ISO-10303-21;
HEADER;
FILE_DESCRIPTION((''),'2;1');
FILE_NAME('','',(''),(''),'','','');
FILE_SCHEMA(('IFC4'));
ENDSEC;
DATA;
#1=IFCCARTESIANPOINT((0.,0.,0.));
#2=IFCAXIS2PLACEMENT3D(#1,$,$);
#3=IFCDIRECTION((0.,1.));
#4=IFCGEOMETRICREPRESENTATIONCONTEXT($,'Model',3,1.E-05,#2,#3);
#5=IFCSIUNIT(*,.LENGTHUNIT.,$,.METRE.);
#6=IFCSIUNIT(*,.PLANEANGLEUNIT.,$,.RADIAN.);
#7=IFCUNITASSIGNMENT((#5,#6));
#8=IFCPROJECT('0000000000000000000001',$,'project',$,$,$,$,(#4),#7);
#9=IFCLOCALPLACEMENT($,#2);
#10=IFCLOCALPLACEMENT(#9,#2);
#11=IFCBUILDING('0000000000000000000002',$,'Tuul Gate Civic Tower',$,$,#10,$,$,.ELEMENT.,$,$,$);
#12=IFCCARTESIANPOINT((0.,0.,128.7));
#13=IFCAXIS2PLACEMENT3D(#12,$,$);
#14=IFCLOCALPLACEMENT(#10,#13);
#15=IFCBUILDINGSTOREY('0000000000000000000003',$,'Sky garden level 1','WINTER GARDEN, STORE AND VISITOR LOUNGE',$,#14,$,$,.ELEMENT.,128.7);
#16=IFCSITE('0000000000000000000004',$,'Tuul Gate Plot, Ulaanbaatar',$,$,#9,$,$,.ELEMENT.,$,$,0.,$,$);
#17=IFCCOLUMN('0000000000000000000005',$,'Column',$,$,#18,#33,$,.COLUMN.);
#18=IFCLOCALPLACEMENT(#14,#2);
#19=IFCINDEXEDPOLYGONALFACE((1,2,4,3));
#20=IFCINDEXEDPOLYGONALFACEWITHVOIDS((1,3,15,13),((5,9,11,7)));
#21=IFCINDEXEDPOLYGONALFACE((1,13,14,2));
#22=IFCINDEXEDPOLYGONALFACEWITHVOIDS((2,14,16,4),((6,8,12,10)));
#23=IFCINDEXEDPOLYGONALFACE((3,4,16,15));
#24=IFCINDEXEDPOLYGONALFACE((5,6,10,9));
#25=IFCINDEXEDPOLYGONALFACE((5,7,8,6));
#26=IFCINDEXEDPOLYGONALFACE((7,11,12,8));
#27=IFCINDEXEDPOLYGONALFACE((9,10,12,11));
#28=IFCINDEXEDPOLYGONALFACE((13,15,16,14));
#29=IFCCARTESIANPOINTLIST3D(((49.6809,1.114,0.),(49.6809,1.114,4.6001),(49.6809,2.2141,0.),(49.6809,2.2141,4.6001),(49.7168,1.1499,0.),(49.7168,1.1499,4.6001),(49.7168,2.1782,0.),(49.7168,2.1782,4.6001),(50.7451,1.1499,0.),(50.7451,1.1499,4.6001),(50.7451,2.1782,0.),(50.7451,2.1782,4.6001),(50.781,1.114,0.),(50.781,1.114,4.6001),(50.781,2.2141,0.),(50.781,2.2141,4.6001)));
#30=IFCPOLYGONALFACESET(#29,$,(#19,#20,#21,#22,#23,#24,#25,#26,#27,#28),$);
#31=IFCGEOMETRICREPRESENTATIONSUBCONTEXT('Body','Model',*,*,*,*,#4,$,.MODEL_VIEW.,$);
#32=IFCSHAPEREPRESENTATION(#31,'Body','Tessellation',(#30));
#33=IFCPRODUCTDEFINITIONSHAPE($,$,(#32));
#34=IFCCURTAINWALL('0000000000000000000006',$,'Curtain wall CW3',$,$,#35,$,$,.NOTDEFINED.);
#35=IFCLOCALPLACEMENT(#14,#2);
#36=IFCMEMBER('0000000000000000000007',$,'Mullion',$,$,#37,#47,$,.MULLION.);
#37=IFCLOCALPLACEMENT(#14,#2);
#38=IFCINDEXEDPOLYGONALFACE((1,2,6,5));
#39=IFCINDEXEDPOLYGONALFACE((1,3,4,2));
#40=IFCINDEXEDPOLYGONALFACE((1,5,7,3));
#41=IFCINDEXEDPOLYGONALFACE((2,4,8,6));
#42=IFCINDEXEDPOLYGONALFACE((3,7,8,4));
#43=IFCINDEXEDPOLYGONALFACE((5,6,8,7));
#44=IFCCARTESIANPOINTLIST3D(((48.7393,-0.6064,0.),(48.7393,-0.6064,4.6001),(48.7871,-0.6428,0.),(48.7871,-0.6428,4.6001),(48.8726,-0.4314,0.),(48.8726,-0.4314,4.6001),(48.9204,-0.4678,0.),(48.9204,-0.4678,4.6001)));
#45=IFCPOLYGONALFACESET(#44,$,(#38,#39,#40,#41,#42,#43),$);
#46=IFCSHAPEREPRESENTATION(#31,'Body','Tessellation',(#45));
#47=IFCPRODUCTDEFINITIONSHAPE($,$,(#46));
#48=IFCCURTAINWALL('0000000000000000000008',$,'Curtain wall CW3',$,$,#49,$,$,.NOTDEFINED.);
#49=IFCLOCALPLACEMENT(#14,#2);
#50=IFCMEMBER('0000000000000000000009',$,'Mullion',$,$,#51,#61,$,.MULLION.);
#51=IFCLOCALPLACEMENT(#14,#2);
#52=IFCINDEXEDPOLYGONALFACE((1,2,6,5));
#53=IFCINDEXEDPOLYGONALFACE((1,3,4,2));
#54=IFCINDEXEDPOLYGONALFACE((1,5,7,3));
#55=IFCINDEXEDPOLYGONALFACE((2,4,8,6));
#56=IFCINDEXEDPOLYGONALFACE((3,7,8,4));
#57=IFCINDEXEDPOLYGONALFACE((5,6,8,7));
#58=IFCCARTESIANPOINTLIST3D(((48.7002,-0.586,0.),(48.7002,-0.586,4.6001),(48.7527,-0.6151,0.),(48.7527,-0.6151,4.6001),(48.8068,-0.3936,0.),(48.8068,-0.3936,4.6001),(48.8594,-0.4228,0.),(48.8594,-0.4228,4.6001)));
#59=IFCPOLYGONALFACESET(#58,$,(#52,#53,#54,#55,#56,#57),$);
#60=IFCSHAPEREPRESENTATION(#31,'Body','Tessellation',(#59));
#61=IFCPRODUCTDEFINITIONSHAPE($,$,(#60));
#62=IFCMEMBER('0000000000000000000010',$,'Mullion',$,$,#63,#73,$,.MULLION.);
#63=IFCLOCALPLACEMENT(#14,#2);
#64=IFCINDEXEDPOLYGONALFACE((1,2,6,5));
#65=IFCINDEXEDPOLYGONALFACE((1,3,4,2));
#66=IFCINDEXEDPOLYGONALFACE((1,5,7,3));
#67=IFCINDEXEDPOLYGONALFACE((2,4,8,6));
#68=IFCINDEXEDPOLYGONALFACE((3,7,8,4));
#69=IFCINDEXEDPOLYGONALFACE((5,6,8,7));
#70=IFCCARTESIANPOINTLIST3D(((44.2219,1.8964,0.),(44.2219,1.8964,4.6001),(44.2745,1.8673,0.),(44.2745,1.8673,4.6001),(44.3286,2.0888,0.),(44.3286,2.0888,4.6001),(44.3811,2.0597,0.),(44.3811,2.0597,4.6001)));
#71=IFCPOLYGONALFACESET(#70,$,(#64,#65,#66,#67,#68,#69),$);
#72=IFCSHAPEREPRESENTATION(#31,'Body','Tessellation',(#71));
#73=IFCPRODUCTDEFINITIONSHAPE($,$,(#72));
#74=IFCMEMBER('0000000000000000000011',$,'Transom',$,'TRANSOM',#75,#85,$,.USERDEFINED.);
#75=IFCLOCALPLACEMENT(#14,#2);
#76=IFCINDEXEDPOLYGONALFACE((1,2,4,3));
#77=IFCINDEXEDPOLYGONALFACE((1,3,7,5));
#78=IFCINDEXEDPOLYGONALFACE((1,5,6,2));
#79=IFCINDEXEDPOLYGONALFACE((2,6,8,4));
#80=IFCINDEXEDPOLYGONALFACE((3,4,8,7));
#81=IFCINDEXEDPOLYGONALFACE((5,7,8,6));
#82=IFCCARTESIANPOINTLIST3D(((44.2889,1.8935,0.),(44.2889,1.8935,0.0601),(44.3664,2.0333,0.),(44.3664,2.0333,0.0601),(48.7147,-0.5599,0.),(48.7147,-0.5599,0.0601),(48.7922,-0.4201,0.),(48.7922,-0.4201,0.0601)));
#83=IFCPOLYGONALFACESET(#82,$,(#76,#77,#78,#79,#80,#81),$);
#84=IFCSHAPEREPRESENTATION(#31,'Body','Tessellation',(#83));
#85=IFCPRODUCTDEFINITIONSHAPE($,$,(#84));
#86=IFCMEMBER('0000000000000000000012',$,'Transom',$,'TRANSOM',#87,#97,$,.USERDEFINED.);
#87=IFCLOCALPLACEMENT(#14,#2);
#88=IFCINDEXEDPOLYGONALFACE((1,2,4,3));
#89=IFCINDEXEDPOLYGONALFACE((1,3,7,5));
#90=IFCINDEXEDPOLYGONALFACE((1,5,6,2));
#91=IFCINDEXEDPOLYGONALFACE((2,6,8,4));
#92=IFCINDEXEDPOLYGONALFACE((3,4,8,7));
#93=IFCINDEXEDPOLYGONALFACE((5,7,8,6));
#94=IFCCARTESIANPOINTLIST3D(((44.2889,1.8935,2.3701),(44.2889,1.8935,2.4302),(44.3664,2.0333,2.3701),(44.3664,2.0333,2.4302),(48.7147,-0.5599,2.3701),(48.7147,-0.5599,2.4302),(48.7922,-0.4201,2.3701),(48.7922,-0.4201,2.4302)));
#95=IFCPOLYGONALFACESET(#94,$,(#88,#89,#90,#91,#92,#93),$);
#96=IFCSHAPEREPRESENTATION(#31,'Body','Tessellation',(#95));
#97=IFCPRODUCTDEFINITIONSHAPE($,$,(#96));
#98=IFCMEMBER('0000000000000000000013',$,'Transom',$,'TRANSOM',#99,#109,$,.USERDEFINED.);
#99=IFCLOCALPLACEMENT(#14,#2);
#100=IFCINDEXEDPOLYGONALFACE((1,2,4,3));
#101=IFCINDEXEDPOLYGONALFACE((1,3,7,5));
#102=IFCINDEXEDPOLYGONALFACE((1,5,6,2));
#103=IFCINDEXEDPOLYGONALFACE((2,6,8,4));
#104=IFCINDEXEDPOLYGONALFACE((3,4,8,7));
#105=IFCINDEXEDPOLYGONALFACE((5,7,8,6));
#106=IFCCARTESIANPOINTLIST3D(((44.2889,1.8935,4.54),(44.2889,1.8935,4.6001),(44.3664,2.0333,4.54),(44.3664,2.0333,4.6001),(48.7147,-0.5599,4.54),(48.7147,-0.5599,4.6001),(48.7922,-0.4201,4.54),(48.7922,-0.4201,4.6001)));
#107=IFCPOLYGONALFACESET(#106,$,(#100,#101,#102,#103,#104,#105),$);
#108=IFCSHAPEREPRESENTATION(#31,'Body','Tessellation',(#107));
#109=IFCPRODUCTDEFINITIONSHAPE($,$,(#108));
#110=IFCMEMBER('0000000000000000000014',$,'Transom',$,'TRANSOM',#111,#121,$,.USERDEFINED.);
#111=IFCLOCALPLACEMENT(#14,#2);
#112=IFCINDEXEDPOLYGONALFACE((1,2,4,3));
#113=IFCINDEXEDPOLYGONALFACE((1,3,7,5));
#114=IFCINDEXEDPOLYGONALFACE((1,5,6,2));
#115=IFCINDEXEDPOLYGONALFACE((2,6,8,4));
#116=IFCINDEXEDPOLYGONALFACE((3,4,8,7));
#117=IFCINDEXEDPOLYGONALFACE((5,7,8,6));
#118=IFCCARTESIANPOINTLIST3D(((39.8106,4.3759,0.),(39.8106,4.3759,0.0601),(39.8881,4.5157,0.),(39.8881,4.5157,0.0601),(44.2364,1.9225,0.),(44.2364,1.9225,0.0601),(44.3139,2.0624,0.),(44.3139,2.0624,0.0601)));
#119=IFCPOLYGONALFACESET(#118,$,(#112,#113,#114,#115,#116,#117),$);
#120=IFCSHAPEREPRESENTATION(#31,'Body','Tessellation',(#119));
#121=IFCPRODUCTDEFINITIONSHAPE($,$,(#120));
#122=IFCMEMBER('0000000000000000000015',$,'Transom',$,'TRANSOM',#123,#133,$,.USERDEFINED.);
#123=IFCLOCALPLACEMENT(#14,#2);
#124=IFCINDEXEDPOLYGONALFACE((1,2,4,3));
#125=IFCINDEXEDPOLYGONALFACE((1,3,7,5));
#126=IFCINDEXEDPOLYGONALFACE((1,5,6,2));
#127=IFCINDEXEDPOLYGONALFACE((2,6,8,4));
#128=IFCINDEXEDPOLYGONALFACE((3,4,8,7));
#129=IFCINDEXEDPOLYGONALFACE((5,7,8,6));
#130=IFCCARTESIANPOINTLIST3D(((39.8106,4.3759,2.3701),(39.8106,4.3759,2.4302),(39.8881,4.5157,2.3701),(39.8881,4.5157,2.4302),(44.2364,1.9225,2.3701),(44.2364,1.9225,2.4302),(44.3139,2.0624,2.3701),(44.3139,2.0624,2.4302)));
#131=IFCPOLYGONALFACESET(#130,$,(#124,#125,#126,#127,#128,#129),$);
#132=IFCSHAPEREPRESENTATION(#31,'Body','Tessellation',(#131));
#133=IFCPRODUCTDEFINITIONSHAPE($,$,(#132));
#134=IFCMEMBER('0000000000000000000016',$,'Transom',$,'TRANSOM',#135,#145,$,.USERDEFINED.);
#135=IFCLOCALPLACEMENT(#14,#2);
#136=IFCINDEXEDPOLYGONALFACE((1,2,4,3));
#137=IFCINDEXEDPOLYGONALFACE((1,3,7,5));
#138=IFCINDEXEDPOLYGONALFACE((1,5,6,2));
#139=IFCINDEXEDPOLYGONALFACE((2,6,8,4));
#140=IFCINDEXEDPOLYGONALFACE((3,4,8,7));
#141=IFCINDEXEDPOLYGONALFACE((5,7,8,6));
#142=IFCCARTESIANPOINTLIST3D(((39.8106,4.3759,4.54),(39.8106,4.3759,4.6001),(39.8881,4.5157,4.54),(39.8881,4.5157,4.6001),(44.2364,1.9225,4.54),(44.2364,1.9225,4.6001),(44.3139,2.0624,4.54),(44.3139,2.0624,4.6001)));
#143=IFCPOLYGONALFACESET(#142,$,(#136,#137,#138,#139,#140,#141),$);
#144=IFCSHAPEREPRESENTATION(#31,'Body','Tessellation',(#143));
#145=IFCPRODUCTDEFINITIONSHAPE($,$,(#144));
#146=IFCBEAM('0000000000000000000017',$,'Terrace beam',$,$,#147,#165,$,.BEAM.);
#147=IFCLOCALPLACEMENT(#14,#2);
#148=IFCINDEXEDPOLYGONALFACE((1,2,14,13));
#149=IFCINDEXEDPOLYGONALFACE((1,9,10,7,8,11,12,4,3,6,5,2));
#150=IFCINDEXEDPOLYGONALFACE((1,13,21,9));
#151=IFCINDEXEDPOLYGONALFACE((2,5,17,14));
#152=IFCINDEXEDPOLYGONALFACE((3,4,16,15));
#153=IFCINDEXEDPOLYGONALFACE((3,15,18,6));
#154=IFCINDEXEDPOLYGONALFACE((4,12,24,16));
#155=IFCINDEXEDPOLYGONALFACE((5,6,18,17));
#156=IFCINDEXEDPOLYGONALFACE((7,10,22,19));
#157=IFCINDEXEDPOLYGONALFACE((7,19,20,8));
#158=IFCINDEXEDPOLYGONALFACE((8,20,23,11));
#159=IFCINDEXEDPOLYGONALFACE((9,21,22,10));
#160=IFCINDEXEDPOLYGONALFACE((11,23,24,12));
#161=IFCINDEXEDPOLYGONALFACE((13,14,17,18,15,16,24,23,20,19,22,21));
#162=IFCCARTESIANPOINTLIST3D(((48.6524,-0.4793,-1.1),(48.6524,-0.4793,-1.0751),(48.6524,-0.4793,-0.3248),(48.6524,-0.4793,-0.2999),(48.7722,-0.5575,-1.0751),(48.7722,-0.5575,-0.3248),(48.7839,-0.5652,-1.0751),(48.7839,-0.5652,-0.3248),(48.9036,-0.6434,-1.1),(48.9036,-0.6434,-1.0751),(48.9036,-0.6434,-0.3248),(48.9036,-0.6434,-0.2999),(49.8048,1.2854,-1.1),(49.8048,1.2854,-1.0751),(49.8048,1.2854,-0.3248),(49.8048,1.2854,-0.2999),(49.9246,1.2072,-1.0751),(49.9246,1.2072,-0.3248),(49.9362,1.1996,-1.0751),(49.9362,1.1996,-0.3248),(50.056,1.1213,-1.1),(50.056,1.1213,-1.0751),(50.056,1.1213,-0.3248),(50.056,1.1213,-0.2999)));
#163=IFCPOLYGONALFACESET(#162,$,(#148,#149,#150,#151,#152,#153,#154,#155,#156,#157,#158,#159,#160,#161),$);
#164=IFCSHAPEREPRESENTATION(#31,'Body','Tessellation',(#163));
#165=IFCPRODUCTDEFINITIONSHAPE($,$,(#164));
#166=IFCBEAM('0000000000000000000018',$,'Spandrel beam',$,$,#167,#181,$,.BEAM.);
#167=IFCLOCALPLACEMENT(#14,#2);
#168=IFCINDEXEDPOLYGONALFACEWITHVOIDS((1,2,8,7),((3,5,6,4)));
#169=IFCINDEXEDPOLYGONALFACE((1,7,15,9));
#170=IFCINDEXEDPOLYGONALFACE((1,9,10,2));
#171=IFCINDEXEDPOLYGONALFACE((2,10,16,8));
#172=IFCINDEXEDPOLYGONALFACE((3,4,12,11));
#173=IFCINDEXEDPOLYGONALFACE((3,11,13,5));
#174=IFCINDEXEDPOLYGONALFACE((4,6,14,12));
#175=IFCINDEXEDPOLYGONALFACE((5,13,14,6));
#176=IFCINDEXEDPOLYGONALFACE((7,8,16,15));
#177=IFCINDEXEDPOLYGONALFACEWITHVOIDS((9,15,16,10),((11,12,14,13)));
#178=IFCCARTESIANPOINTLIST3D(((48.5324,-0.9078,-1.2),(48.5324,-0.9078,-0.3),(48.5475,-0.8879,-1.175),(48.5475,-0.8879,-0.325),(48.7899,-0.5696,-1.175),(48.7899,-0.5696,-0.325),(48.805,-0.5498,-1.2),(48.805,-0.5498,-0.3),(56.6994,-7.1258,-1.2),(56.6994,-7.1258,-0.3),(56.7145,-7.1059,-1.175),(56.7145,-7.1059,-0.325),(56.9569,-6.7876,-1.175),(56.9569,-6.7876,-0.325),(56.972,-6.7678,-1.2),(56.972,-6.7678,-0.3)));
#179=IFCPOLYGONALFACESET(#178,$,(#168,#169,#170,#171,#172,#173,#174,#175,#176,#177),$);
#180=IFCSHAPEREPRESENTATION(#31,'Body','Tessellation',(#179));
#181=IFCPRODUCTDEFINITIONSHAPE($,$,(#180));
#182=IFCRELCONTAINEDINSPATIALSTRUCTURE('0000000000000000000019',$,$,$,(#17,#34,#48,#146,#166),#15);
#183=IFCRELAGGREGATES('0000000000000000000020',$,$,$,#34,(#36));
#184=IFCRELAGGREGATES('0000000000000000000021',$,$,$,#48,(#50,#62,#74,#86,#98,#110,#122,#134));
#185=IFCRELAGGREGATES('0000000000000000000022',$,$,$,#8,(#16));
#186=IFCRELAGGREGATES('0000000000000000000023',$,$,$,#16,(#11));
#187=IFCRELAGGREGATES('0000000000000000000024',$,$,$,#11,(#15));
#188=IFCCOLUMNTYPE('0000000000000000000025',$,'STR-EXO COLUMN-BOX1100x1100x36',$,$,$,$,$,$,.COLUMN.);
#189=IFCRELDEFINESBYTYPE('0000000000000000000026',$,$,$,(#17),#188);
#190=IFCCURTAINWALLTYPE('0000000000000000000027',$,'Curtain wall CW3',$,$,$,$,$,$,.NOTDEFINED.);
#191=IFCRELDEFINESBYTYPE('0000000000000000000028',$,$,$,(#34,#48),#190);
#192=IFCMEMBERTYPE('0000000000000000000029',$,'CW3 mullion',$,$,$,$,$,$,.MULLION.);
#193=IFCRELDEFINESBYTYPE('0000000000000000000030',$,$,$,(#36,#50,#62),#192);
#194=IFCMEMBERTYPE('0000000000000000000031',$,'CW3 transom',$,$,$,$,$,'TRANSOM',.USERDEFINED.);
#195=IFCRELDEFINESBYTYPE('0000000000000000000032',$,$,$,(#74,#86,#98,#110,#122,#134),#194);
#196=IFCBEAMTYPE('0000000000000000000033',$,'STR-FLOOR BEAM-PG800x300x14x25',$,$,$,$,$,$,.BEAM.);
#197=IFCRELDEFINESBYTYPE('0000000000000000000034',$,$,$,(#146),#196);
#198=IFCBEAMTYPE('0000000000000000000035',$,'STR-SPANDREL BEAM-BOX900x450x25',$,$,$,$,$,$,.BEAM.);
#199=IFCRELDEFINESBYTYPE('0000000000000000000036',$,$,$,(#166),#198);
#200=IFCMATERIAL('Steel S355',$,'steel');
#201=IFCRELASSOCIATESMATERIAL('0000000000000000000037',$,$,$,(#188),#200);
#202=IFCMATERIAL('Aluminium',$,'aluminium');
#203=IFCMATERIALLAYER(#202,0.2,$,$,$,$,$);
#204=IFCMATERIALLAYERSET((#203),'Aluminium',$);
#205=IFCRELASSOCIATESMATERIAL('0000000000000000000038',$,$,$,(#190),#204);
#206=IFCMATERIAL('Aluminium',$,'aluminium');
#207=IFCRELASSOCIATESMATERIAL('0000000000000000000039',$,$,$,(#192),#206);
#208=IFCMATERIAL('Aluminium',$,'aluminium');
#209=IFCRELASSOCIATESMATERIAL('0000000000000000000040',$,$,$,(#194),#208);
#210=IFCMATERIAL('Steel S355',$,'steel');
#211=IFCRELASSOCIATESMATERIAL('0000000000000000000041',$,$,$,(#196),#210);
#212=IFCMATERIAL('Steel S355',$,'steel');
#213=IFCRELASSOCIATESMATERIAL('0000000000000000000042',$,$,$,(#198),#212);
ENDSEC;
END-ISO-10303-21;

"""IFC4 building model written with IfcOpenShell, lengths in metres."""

from ifc_helpers import new_model, si_unit, direction, frame, origin, origin_2d, place, context, subcontext, project, spatial, rectangle, hollow_rectangle, i_section, extrude, material, layer, layer_set, material_profile, profile_set, type_object, element, aggregate, save


model = new_model("IFC4")

# Units and contexts
model_context = context("Model", 3, precision=1e-05, world=origin(), true_north=direction((0.0, 1.0)))
body_context = subcontext(model_context, "Body", "Model", "MODEL_VIEW")
ifc_project = project(units=[si_unit("LENGTHUNIT", "METRE"), si_unit("PLANEANGLEUNIT", "RADIAN")], contexts=[model_context])

# Site, building, storey
site_placement = place(None, origin())
site = spatial("IfcSite", under=ifc_project, at=site_placement, Name="Tuul Gate Plot, Ulaanbaatar", CompositionType="ELEMENT", RefElevation=0.0)
building_placement = place(site_placement, origin())
building = spatial("IfcBuilding", under=site, at=building_placement, Name="Tuul Gate Civic Tower", CompositionType="ELEMENT")
storey_placement = place(building_placement, frame((0.0, 0.0, 128.7)))
storey = spatial("IfcBuildingStorey", under=building, at=storey_placement, Name="Sky garden level 1", Description="WINTER GARDEN, STORE AND VISITOR LOUNGE", CompositionType="ELEMENT", Elevation=128.7)

# Column
ifc_material_1 = material(Name="Steel S355", Category="steel")
ifc_material_profile_1 = material_profile(ifc_material_1, hollow_rectangle(XDim=1.1001, YDim=1.1001, WallThickness=0.0359, at=origin_2d()), Name="BOX1100x1100x36")
ifc_profile_set_1 = profile_set([ifc_material_profile_1], Name="Steel S355")
column_type = type_object("IfcColumnType", Name="STR-EXO COLUMN-BOX1100x1100x36", PredefinedType="COLUMN", material=ifc_profile_set_1)
column_placement = place(storey_placement, frame((50.231, 1.6641, 0.0), z_axis=(0.0, 0.0, 1.0), x_axis=(1.0, 0.0, 0.0)))
element("IfcColumn", 1, at=column_placement, inside=storey, type_object=column_type, Name="Column", PredefinedType="COLUMN", context=body_context, shape_type="SweptSolid", body=[
    extrude(hollow_rectangle(XDim=1.1001, YDim=1.1001, WallThickness=0.0359, at=origin_2d()), origin(), (0.0, 0.0, 1.0), 4.6001),
])

# Curtain wall, member
ifc_material_2 = material(Name="Aluminium", Category="aluminium")
ifc_layer_1 = layer(ifc_material_2, 0.2)
ifc_layer_set_1 = layer_set([ifc_layer_1], Name="Aluminium")
curtain_wall_type = type_object("IfcCurtainWallType", Name="Curtain wall CW3", PredefinedType="NOTDEFINED", material=ifc_layer_set_1)
curtain_wall_1_placement = place(storey_placement, origin())
curtain_wall_1 = element("IfcCurtainWall", 2, at=curtain_wall_1_placement, inside=storey, type_object=curtain_wall_type, Name="Curtain wall CW3", PredefinedType="NOTDEFINED")
ifc_material_3 = material(Name="Aluminium", Category="aluminium")
ifc_material_profile_2 = material_profile(ifc_material_3, rectangle(XDim=0.22, YDim=0.0601, at=origin_2d()), Name="CW3 mullion")
ifc_profile_set_2 = profile_set([ifc_material_profile_2], Name="Aluminium")
member_type_1 = type_object("IfcMemberType", Name="CW3 mullion", PredefinedType="MULLION", material=ifc_profile_set_2)
member_1_placement = place(storey_placement, frame((48.8298, -0.5371, 0.0), z_axis=(0.0, 0.0, 1.0), x_axis=(-0.605809, -0.79561, 0.0)))
member_1 = element("IfcMember", 3, at=member_1_placement, type_object=member_type_1, Name="Mullion", PredefinedType="MULLION", context=body_context, shape_type="SweptSolid", body=[
    extrude(rectangle(XDim=0.22, YDim=0.0601, at=origin_2d()), origin(), (0.0, 0.0, 1.0), 4.6001),
])

# Curtain wall, members
curtain_wall_2_placement = place(storey_placement, origin())
curtain_wall_2 = element("IfcCurtainWall", 4, at=curtain_wall_2_placement, inside=storey, type_object=curtain_wall_type, Name="Curtain wall CW3", PredefinedType="NOTDEFINED")
member_2_placement = place(storey_placement, frame((48.7798, -0.5044, 0.0), z_axis=(0.0, 0.0, 1.0), x_axis=(-0.484827, -0.87461, 0.0)))
member_2 = element("IfcMember", 5, at=member_2_placement, type_object=member_type_1, Name="Mullion", PredefinedType="MULLION", context=body_context, shape_type="SweptSolid", body=[
    extrude(rectangle(XDim=0.22, YDim=0.0601, at=origin_2d()), origin(), (0.0, 0.0, 1.0), 4.6001),
])
member_3_placement = place(storey_placement, frame((44.3015, 1.978, 0.0), z_axis=(0.0, 0.0, 1.0), x_axis=(-0.484827, -0.87461, 0.0)))
member_3 = element("IfcMember", 6, at=member_3_placement, type_object=member_type_1, Name="Mullion", PredefinedType="MULLION", context=body_context, shape_type="SweptSolid", body=[
    extrude(rectangle(XDim=0.22, YDim=0.0601, at=origin_2d()), origin(), (0.0, 0.0, 1.0), 4.6001),
])
ifc_material_4 = material(Name="Aluminium", Category="aluminium")
ifc_material_profile_3 = material_profile(ifc_material_4, rectangle(XDim=0.1599, YDim=0.0601, at=origin_2d()), Name="CW3 transom")
ifc_profile_set_3 = profile_set([ifc_material_profile_3], Name="Aluminium")
member_type_2 = type_object("IfcMemberType", Name="CW3 transom", ElementType="TRANSOM", PredefinedType="USERDEFINED", material=ifc_profile_set_3)
member_4_placement = place(storey_placement, frame((48.7534, -0.49, 0.03), z_axis=(-0.87461, 0.484828, 0.0), x_axis=(-0.484828, -0.87461, 0.0)))
member_4 = element("IfcMember", 7, at=member_4_placement, type_object=member_type_2, Name="Transom", ObjectType="TRANSOM", PredefinedType="USERDEFINED", context=body_context, shape_type="SweptSolid", body=[
    extrude(rectangle(XDim=0.1599, YDim=0.0601, at=origin_2d()), origin(), (0.0, 0.0, 1.0), 5.0603),
])
member_5_placement = place(storey_placement, frame((48.7534, -0.49, 2.4001), z_axis=(-0.87461, 0.484828, 0.0), x_axis=(-0.484828, -0.87461, 0.0)))
member_5 = element("IfcMember", 8, at=member_5_placement, type_object=member_type_2, Name="Transom", ObjectType="TRANSOM", PredefinedType="USERDEFINED", context=body_context, shape_type="SweptSolid", body=[
    extrude(rectangle(XDim=0.1599, YDim=0.0601, at=origin_2d()), origin(), (0.0, 0.0, 1.0), 5.0603),
])
member_6_placement = place(storey_placement, frame((48.7534, -0.49, 4.5701), z_axis=(-0.87461, 0.484828, 0.0), x_axis=(-0.484828, -0.87461, 0.0)))
member_6 = element("IfcMember", 9, at=member_6_placement, type_object=member_type_2, Name="Transom", ObjectType="TRANSOM", PredefinedType="USERDEFINED", context=body_context, shape_type="SweptSolid", body=[
    extrude(rectangle(XDim=0.1599, YDim=0.0601, at=origin_2d()), origin(), (0.0, 0.0, 1.0), 5.0603),
])
member_7_placement = place(storey_placement, frame((44.2751, 1.9924, 0.03), z_axis=(-0.87461, 0.484828, 0.0), x_axis=(-0.484828, -0.87461, 0.0)))
member_7 = element("IfcMember", 10, at=member_7_placement, type_object=member_type_2, Name="Transom", ObjectType="TRANSOM", PredefinedType="USERDEFINED", context=body_context, shape_type="SweptSolid", body=[
    extrude(rectangle(XDim=0.1599, YDim=0.0601, at=origin_2d()), origin(), (0.0, 0.0, 1.0), 5.0603),
])
member_8_placement = place(storey_placement, frame((44.2751, 1.9924, 2.4001), z_axis=(-0.87461, 0.484828, 0.0), x_axis=(-0.484828, -0.87461, 0.0)))
member_8 = element("IfcMember", 11, at=member_8_placement, type_object=member_type_2, Name="Transom", ObjectType="TRANSOM", PredefinedType="USERDEFINED", context=body_context, shape_type="SweptSolid", body=[
    extrude(rectangle(XDim=0.1599, YDim=0.0601, at=origin_2d()), origin(), (0.0, 0.0, 1.0), 5.0603),
])
member_9_placement = place(storey_placement, frame((44.2751, 1.9924, 4.5701), z_axis=(-0.87461, 0.484828, 0.0), x_axis=(-0.484828, -0.87461, 0.0)))
member_9 = element("IfcMember", 12, at=member_9_placement, type_object=member_type_2, Name="Transom", ObjectType="TRANSOM", PredefinedType="USERDEFINED", context=body_context, shape_type="SweptSolid", body=[
    extrude(rectangle(XDim=0.1599, YDim=0.0601, at=origin_2d()), origin(), (0.0, 0.0, 1.0), 5.0603),
])

# Beams
ifc_material_5 = material(Name="Steel S355", Category="steel")
ifc_material_profile_4 = material_profile(ifc_material_5, i_section(OverallWidth=0.3, OverallDepth=0.8, WebThickness=0.0139, FlangeThickness=0.0249, at=origin_2d()), Name="PG800x300x14x25")
ifc_profile_set_4 = profile_set([ifc_material_profile_4], Name="Steel S355")
beam_type_1 = type_object("IfcBeamType", Name="STR-FLOOR BEAM-PG800x300x14x25", PredefinedType="BEAM", material=ifc_profile_set_4)
beam_1_placement = place(storey_placement, frame((49.9304, 1.2034, -0.7), z_axis=(-0.546762, -0.837288, 0.0), x_axis=(0.837288, -0.546762, 0.0)))
element("IfcBeam", 13, at=beam_1_placement, inside=storey, type_object=beam_type_1, Name="Terrace beam", PredefinedType="BEAM", context=body_context, shape_type="SweptSolid", body=[
    extrude(i_section(OverallWidth=0.3, OverallDepth=0.8, WebThickness=0.0139, FlangeThickness=0.0249, at=origin_2d()), origin(), (0.0, 0.0, 1.0), 2.1077),
])
ifc_material_6 = material(Name="Steel S355", Category="steel")
ifc_material_profile_5 = material_profile(ifc_material_6, hollow_rectangle(XDim=0.45, YDim=0.8999, WallThickness=0.0249, at=origin_2d()), Name="BOX900x450x25")
ifc_profile_set_5 = profile_set([ifc_material_profile_5], Name="Steel S355")
beam_type_2 = type_object("IfcBeamType", Name="STR-SPANDREL BEAM-BOX900x450x25", PredefinedType="BEAM", material=ifc_profile_set_5)
beam_2_placement = place(storey_placement, frame((48.6687, -0.7288, -0.75), z_axis=(0.795641, -0.605769, 0.0), x_axis=(0.605769, 0.795641, 0.0)))
element("IfcBeam", 14, at=beam_2_placement, inside=storey, type_object=beam_type_2, Name="Spandrel beam", PredefinedType="BEAM", context=body_context, shape_type="SweptSolid", body=[
    extrude(hollow_rectangle(XDim=0.45, YDim=0.8999, WallThickness=0.0249, at=origin_2d()), origin(), (0.0, 0.0, 1.0), 10.2646),
])

aggregate(curtain_wall_1, [member_1])
aggregate(curtain_wall_2, [member_2, member_3, member_4, member_5, member_6, member_7, member_8, member_9])

save(model, "model.ifc")
